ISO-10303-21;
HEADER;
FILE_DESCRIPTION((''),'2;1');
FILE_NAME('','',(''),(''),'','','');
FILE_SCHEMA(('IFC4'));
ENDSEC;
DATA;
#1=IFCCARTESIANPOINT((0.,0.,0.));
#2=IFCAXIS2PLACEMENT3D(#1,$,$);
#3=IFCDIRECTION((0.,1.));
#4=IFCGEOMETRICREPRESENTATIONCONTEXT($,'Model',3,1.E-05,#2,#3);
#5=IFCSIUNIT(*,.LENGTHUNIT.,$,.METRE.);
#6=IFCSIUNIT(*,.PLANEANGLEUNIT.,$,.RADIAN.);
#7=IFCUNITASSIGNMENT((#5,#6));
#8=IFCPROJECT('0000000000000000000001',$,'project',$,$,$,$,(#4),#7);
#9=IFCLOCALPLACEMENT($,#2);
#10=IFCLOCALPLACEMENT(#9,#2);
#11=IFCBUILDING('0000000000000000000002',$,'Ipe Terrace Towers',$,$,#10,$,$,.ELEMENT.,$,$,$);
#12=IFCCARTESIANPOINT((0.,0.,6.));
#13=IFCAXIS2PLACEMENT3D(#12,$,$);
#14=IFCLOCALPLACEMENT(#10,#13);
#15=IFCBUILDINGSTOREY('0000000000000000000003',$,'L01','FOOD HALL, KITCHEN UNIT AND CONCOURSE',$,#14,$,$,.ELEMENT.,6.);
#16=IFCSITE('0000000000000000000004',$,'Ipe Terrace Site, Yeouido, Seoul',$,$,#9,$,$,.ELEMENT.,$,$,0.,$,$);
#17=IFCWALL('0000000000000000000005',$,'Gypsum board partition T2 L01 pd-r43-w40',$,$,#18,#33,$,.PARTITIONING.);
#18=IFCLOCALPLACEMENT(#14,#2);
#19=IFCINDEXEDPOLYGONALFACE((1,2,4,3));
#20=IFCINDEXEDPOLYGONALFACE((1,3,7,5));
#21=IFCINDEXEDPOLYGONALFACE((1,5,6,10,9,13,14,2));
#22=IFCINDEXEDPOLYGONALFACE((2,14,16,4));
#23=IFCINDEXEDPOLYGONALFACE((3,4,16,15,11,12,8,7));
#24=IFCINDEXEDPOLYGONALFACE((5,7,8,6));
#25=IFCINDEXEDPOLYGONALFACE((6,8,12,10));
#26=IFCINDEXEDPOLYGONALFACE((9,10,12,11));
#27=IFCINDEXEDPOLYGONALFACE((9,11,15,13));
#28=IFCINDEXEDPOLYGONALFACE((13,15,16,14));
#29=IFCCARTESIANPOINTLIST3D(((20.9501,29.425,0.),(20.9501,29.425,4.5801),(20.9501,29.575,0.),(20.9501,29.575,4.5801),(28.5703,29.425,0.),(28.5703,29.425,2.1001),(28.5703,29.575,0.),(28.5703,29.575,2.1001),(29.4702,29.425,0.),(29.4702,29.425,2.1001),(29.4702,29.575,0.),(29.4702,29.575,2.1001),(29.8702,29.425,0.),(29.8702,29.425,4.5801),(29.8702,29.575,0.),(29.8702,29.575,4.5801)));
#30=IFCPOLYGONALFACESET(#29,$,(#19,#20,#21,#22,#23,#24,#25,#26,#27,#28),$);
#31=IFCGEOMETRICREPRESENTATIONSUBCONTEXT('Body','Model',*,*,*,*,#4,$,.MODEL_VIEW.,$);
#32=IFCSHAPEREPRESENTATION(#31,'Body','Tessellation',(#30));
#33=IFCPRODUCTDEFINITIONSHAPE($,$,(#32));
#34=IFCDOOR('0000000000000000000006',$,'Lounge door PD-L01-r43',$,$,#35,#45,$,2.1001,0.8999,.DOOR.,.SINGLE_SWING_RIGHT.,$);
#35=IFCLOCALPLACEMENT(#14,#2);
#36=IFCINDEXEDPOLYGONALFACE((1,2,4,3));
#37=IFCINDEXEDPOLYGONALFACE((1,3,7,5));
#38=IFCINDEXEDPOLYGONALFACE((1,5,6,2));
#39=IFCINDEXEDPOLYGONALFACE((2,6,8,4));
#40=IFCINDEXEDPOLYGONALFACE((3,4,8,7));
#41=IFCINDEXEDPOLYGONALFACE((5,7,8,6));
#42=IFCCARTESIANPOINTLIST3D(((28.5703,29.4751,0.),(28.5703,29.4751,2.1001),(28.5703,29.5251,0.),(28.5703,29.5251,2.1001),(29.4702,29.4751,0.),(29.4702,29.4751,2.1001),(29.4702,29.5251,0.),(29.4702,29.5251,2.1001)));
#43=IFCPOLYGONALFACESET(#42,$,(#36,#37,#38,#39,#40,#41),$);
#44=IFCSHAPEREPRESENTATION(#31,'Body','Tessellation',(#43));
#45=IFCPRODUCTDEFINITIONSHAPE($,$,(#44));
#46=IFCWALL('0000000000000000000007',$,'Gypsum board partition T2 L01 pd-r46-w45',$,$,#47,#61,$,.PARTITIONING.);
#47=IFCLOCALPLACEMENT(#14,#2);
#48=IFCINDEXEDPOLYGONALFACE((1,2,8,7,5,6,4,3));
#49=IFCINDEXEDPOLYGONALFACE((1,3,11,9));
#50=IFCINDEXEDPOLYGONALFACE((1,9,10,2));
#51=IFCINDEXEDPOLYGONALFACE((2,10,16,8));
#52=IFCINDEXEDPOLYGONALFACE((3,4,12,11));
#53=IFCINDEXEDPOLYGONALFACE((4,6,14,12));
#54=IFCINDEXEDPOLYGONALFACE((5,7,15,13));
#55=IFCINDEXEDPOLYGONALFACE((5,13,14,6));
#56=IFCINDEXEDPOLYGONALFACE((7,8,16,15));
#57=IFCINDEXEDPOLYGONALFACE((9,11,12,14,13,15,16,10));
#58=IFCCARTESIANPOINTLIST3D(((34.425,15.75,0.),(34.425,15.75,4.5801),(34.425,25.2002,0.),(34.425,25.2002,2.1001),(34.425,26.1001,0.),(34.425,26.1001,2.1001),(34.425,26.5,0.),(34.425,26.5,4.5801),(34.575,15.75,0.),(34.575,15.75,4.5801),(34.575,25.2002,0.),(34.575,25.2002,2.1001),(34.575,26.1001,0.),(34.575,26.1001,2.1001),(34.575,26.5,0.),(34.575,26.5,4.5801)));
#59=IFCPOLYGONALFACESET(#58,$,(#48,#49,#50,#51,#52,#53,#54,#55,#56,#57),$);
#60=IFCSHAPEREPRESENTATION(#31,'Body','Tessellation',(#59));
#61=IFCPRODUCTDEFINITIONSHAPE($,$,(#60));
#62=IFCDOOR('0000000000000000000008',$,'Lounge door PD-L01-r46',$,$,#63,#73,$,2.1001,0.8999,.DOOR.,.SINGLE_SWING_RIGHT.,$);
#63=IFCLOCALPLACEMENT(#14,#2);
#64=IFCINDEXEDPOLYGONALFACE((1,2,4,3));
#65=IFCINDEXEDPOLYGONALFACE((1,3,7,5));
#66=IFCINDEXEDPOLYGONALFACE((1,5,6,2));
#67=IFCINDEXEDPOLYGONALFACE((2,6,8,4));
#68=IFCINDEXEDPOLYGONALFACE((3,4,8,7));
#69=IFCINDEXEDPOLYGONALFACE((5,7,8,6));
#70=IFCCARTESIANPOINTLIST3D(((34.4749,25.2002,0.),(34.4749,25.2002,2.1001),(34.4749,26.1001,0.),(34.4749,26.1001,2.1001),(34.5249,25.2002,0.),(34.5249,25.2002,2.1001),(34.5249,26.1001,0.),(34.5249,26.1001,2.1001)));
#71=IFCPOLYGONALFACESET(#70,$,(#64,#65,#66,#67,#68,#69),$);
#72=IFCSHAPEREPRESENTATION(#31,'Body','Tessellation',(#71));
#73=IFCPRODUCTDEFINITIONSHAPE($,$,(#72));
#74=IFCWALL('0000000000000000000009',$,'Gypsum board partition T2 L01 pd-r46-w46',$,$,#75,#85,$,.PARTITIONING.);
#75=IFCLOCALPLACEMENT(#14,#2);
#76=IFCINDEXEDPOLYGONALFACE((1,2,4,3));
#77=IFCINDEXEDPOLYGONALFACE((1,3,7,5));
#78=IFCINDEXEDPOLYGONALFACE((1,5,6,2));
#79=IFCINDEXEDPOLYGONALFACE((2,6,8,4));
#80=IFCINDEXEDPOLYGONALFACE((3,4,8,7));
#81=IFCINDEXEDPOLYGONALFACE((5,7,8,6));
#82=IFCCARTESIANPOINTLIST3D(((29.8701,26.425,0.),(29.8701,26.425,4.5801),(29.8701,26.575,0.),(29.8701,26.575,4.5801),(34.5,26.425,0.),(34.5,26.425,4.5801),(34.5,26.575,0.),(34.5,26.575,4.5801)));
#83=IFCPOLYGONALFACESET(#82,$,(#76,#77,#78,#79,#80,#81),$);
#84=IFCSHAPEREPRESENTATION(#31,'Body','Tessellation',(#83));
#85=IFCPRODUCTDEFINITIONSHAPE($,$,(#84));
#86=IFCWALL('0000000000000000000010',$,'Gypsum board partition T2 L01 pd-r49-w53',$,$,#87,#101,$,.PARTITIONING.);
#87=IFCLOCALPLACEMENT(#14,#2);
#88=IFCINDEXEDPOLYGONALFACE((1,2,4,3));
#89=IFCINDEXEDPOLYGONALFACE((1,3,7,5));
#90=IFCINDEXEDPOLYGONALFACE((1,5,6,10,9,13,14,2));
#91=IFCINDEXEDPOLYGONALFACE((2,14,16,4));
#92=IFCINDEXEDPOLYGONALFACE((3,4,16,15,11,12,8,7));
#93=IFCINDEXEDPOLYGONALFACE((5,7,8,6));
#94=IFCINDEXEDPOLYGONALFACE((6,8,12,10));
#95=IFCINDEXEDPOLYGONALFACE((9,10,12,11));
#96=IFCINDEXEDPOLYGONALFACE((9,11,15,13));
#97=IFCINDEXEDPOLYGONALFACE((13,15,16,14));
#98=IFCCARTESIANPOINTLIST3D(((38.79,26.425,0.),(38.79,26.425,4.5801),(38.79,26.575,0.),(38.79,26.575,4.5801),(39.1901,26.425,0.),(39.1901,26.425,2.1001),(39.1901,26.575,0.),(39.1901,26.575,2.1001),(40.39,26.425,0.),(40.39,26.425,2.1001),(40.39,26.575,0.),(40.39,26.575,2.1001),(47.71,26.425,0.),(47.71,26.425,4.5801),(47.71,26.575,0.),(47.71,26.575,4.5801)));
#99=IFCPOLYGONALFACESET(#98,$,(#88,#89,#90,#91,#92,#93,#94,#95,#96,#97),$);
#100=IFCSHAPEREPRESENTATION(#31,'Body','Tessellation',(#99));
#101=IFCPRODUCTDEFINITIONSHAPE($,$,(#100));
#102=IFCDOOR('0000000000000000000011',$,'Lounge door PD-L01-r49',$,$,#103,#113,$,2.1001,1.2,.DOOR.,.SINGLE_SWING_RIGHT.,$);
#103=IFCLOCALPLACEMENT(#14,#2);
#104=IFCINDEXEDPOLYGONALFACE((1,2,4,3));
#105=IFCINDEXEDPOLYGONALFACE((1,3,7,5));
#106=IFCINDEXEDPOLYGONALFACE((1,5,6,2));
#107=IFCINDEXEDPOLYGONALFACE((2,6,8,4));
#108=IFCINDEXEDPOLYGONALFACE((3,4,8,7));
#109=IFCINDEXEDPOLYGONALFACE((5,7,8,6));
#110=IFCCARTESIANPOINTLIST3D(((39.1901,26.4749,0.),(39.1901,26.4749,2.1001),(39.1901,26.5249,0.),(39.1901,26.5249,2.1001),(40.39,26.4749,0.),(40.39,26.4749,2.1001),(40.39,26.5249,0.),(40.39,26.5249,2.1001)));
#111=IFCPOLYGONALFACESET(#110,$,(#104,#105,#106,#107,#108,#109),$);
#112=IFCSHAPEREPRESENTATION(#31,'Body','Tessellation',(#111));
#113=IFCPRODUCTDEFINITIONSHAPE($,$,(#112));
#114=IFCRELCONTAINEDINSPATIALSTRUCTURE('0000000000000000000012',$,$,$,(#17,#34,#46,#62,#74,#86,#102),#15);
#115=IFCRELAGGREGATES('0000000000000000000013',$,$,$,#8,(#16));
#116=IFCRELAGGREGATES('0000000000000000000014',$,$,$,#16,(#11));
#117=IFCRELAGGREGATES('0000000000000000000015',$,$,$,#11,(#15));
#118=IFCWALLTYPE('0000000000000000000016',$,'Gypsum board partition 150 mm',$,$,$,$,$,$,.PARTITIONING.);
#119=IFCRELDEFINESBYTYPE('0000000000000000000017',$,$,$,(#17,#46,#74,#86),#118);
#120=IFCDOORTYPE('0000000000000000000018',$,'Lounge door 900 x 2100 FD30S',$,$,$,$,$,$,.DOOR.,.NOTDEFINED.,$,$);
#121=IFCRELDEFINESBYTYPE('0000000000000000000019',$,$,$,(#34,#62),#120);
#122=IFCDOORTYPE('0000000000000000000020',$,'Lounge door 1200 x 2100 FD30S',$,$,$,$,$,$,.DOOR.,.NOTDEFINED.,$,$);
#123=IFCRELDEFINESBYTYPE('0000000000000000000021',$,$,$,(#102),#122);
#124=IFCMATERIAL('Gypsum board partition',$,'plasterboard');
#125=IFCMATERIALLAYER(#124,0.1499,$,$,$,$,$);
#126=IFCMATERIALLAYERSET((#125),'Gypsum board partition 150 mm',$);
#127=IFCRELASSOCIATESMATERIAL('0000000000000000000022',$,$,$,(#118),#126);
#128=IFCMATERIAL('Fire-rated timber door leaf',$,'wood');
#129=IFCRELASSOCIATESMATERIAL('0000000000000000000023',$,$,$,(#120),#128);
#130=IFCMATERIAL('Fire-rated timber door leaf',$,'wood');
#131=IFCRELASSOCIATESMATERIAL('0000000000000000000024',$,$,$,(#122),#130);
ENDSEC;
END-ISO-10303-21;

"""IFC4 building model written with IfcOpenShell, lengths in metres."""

from ifc_helpers import new_model, si_unit, direction, frame, frame_2d, origin, place, context, subcontext, project, spatial, rectangle, extrude, material, layer, layer_set, type_object, element, fill, save


model = new_model("IFC4")

# Units and contexts
model_context = context("Model", 3, precision=1e-05, world=origin(), true_north=direction((0.0, 1.0)))
body_context = subcontext(model_context, "Body", "Model", "MODEL_VIEW")
ifc_project = project(units=[si_unit("LENGTHUNIT", "METRE"), si_unit("PLANEANGLEUNIT", "RADIAN")], contexts=[model_context])

# Site, building, storey
site_placement = place(None, origin())
site = spatial("IfcSite", under=ifc_project, at=site_placement, Name="Ipe Terrace Site, Yeouido, Seoul", CompositionType="ELEMENT", RefElevation=0.0)
building_placement = place(site_placement, origin())
building = spatial("IfcBuilding", under=site, at=building_placement, Name="Ipe Terrace Towers", CompositionType="ELEMENT")
storey_placement = place(building_placement, frame((0.0, 0.0, 6.0)))
storey = spatial("IfcBuildingStorey", under=building, at=storey_placement, Name="L01", Description="FOOD HALL, KITCHEN UNIT AND CONCOURSE", CompositionType="ELEMENT", Elevation=6.0)

# Shared definitions
ifc_material_1 = material(Name="Gypsum board partition", Category="plasterboard")
ifc_layer_1 = layer(ifc_material_1, 0.1499)
ifc_layer_set_1 = layer_set([ifc_layer_1], Name="Gypsum board partition 150 mm")
wall_type = type_object("IfcWallType", Name="Gypsum board partition 150 mm", PredefinedType="PARTITIONING", material=ifc_layer_set_1)
ifc_material_2 = material(Name="Fire-rated timber door leaf", Category="wood")
door_type_1 = type_object("IfcDoorType", Name="Lounge door 900 x 2100 FD30S", OperationType="NOTDEFINED", PredefinedType="DOOR", material=ifc_material_2)

# Shared definitions
ifc_material_3 = material(Name="Fire-rated timber door leaf", Category="wood")
door_type_2 = type_object("IfcDoorType", Name="Lounge door 1200 x 2100 FD30S", OperationType="NOTDEFINED", PredefinedType="DOOR", material=ifc_material_3)

# Walls, openings, doors
wall_1_placement = place(storey_placement, frame((29.8701, 29.5, 0.0), z_axis=(0.0, 0.0, 1.0), x_axis=(-1.0, 0.0, 0.0)))
wall_1 = element("IfcWall", 1, at=wall_1_placement, inside=storey, type_object=wall_type, Name="Gypsum board partition T2 L01 pd-r43-w40", PredefinedType="PARTITIONING", context=body_context, shape_type="SweptSolid", body=[
    extrude(rectangle(XDim=8.9202, YDim=0.1499, at=frame_2d((4.46, 0.0))), origin(), (0.0, 0.0, 1.0), 4.5801),
])
opening_1_placement = place(wall_1_placement, frame((0.3999, 0.0, 0.0)))
opening_1 = element("IfcOpeningElement", 2, at=opening_1_placement, cuts=wall_1, PredefinedType="OPENING", context=body_context, shape_type="SweptSolid", body=[
    extrude(rectangle(XDim=0.8999, YDim=2.1001, at=frame_2d((0.45, 1.05))), frame((0.0, 0.085, 0.0), z_axis=(0.0, -1.0, 0.0), x_axis=(1.0, 0.0, 0.0)), (0.0, 0.0, 1.0), 0.1699),
])
door_1_placement = place(opening_1_placement, origin())
door_1 = element("IfcDoor", 3, at=door_1_placement, inside=storey, type_object=door_type_1, Name="Lounge door PD-L01-r43", OperationType="SINGLE_SWING_RIGHT", OverallHeight=2.1001, OverallWidth=0.8999, PredefinedType="DOOR", context=body_context, shape_type="SweptSolid", body=[
    extrude(rectangle(XDim=0.8999, YDim=2.1001, at=frame_2d((0.45, 1.05))), frame((0.0, 0.0249, 0.0), z_axis=(0.0, -1.0, 0.0), x_axis=(1.0, 0.0, 0.0)), (0.0, 0.0, 1.0), 0.05),
])
fill(opening_1, door_1)
wall_2_placement = place(storey_placement, frame((34.5, 26.5, 0.0), z_axis=(0.0, 0.0, 1.0), x_axis=(0.0, -1.0, 0.0)))
wall_2 = element("IfcWall", 4, at=wall_2_placement, inside=storey, type_object=wall_type, Name="Gypsum board partition T2 L01 pd-r46-w45", PredefinedType="PARTITIONING", context=body_context, shape_type="SweptSolid", body=[
    extrude(rectangle(XDim=10.75, YDim=0.1499, at=frame_2d((5.375, 0.0))), origin(), (0.0, 0.0, 1.0), 4.5801),
])
opening_2_placement = place(wall_2_placement, frame((0.3999, 0.0, 0.0)))
opening_2 = element("IfcOpeningElement", 5, at=opening_2_placement, cuts=wall_2, PredefinedType="OPENING", context=body_context, shape_type="SweptSolid", body=[
    extrude(rectangle(XDim=0.8999, YDim=2.1001, at=frame_2d((0.45, 1.05))), frame((0.0, 0.085, 0.0), z_axis=(0.0, -1.0, 0.0), x_axis=(1.0, 0.0, 0.0)), (0.0, 0.0, 1.0), 0.1699),
])
door_2_placement = place(opening_2_placement, origin())
door_2 = element("IfcDoor", 6, at=door_2_placement, inside=storey, type_object=door_type_1, Name="Lounge door PD-L01-r46", OperationType="SINGLE_SWING_RIGHT", OverallHeight=2.1001, OverallWidth=0.8999, PredefinedType="DOOR", context=body_context, shape_type="SweptSolid", body=[
    extrude(rectangle(XDim=0.8999, YDim=2.1001, at=frame_2d((0.45, 1.05))), frame((0.0, 0.0249, 0.0), z_axis=(0.0, -1.0, 0.0), x_axis=(1.0, 0.0, 0.0)), (0.0, 0.0, 1.0), 0.05),
])
fill(opening_2, door_2)

# Wall
wall_3_placement = place(storey_placement, frame((29.8701, 26.5, 0.0), z_axis=(0.0, 0.0, 1.0), x_axis=(1.0, 0.0, 0.0)))
element("IfcWall", 7, at=wall_3_placement, inside=storey, type_object=wall_type, Name="Gypsum board partition T2 L01 pd-r46-w46", PredefinedType="PARTITIONING", context=body_context, shape_type="SweptSolid", body=[
    extrude(rectangle(XDim=4.6299, YDim=0.1499, at=frame_2d((2.3149, 0.0))), origin(), (0.0, 0.0, 1.0), 4.5801),
])

# Wall, opening, door
wall_4_placement = place(storey_placement, frame((38.79, 26.5, 0.0), z_axis=(0.0, 0.0, 1.0), x_axis=(1.0, 0.0, 0.0)))
wall_4 = element("IfcWall", 8, at=wall_4_placement, inside=storey, type_object=wall_type, Name="Gypsum board partition T2 L01 pd-r49-w53", PredefinedType="PARTITIONING", context=body_context, shape_type="SweptSolid", body=[
    extrude(rectangle(XDim=8.9199, YDim=0.1499, at=frame_2d((4.46, 0.0))), origin(), (0.0, 0.0, 1.0), 4.5801),
])
opening_3_placement = place(wall_4_placement, frame((0.3999, 0.0, 0.0)))
opening_3 = element("IfcOpeningElement", 9, at=opening_3_placement, cuts=wall_4, PredefinedType="OPENING", context=body_context, shape_type="SweptSolid", body=[
    extrude(rectangle(XDim=1.2, YDim=2.1001, at=frame_2d((0.6001, 1.05))), frame((0.0, 0.085, 0.0), z_axis=(0.0, -1.0, 0.0), x_axis=(1.0, 0.0, 0.0)), (0.0, 0.0, 1.0), 0.1699),
])
door_3_placement = place(opening_3_placement, origin())
door_3 = element("IfcDoor", 10, at=door_3_placement, inside=storey, type_object=door_type_2, Name="Lounge door PD-L01-r49", OperationType="SINGLE_SWING_RIGHT", OverallHeight=2.1001, OverallWidth=1.2, PredefinedType="DOOR", context=body_context, shape_type="SweptSolid", body=[
    extrude(rectangle(XDim=1.2, YDim=2.1001, at=frame_2d((0.6001, 1.05))), frame((0.0, 0.0249, 0.0), z_axis=(0.0, -1.0, 0.0), x_axis=(1.0, 0.0, 0.0)), (0.0, 0.0, 1.0), 0.05),
])
fill(opening_3, door_3)

save(model, "model.ifc")
